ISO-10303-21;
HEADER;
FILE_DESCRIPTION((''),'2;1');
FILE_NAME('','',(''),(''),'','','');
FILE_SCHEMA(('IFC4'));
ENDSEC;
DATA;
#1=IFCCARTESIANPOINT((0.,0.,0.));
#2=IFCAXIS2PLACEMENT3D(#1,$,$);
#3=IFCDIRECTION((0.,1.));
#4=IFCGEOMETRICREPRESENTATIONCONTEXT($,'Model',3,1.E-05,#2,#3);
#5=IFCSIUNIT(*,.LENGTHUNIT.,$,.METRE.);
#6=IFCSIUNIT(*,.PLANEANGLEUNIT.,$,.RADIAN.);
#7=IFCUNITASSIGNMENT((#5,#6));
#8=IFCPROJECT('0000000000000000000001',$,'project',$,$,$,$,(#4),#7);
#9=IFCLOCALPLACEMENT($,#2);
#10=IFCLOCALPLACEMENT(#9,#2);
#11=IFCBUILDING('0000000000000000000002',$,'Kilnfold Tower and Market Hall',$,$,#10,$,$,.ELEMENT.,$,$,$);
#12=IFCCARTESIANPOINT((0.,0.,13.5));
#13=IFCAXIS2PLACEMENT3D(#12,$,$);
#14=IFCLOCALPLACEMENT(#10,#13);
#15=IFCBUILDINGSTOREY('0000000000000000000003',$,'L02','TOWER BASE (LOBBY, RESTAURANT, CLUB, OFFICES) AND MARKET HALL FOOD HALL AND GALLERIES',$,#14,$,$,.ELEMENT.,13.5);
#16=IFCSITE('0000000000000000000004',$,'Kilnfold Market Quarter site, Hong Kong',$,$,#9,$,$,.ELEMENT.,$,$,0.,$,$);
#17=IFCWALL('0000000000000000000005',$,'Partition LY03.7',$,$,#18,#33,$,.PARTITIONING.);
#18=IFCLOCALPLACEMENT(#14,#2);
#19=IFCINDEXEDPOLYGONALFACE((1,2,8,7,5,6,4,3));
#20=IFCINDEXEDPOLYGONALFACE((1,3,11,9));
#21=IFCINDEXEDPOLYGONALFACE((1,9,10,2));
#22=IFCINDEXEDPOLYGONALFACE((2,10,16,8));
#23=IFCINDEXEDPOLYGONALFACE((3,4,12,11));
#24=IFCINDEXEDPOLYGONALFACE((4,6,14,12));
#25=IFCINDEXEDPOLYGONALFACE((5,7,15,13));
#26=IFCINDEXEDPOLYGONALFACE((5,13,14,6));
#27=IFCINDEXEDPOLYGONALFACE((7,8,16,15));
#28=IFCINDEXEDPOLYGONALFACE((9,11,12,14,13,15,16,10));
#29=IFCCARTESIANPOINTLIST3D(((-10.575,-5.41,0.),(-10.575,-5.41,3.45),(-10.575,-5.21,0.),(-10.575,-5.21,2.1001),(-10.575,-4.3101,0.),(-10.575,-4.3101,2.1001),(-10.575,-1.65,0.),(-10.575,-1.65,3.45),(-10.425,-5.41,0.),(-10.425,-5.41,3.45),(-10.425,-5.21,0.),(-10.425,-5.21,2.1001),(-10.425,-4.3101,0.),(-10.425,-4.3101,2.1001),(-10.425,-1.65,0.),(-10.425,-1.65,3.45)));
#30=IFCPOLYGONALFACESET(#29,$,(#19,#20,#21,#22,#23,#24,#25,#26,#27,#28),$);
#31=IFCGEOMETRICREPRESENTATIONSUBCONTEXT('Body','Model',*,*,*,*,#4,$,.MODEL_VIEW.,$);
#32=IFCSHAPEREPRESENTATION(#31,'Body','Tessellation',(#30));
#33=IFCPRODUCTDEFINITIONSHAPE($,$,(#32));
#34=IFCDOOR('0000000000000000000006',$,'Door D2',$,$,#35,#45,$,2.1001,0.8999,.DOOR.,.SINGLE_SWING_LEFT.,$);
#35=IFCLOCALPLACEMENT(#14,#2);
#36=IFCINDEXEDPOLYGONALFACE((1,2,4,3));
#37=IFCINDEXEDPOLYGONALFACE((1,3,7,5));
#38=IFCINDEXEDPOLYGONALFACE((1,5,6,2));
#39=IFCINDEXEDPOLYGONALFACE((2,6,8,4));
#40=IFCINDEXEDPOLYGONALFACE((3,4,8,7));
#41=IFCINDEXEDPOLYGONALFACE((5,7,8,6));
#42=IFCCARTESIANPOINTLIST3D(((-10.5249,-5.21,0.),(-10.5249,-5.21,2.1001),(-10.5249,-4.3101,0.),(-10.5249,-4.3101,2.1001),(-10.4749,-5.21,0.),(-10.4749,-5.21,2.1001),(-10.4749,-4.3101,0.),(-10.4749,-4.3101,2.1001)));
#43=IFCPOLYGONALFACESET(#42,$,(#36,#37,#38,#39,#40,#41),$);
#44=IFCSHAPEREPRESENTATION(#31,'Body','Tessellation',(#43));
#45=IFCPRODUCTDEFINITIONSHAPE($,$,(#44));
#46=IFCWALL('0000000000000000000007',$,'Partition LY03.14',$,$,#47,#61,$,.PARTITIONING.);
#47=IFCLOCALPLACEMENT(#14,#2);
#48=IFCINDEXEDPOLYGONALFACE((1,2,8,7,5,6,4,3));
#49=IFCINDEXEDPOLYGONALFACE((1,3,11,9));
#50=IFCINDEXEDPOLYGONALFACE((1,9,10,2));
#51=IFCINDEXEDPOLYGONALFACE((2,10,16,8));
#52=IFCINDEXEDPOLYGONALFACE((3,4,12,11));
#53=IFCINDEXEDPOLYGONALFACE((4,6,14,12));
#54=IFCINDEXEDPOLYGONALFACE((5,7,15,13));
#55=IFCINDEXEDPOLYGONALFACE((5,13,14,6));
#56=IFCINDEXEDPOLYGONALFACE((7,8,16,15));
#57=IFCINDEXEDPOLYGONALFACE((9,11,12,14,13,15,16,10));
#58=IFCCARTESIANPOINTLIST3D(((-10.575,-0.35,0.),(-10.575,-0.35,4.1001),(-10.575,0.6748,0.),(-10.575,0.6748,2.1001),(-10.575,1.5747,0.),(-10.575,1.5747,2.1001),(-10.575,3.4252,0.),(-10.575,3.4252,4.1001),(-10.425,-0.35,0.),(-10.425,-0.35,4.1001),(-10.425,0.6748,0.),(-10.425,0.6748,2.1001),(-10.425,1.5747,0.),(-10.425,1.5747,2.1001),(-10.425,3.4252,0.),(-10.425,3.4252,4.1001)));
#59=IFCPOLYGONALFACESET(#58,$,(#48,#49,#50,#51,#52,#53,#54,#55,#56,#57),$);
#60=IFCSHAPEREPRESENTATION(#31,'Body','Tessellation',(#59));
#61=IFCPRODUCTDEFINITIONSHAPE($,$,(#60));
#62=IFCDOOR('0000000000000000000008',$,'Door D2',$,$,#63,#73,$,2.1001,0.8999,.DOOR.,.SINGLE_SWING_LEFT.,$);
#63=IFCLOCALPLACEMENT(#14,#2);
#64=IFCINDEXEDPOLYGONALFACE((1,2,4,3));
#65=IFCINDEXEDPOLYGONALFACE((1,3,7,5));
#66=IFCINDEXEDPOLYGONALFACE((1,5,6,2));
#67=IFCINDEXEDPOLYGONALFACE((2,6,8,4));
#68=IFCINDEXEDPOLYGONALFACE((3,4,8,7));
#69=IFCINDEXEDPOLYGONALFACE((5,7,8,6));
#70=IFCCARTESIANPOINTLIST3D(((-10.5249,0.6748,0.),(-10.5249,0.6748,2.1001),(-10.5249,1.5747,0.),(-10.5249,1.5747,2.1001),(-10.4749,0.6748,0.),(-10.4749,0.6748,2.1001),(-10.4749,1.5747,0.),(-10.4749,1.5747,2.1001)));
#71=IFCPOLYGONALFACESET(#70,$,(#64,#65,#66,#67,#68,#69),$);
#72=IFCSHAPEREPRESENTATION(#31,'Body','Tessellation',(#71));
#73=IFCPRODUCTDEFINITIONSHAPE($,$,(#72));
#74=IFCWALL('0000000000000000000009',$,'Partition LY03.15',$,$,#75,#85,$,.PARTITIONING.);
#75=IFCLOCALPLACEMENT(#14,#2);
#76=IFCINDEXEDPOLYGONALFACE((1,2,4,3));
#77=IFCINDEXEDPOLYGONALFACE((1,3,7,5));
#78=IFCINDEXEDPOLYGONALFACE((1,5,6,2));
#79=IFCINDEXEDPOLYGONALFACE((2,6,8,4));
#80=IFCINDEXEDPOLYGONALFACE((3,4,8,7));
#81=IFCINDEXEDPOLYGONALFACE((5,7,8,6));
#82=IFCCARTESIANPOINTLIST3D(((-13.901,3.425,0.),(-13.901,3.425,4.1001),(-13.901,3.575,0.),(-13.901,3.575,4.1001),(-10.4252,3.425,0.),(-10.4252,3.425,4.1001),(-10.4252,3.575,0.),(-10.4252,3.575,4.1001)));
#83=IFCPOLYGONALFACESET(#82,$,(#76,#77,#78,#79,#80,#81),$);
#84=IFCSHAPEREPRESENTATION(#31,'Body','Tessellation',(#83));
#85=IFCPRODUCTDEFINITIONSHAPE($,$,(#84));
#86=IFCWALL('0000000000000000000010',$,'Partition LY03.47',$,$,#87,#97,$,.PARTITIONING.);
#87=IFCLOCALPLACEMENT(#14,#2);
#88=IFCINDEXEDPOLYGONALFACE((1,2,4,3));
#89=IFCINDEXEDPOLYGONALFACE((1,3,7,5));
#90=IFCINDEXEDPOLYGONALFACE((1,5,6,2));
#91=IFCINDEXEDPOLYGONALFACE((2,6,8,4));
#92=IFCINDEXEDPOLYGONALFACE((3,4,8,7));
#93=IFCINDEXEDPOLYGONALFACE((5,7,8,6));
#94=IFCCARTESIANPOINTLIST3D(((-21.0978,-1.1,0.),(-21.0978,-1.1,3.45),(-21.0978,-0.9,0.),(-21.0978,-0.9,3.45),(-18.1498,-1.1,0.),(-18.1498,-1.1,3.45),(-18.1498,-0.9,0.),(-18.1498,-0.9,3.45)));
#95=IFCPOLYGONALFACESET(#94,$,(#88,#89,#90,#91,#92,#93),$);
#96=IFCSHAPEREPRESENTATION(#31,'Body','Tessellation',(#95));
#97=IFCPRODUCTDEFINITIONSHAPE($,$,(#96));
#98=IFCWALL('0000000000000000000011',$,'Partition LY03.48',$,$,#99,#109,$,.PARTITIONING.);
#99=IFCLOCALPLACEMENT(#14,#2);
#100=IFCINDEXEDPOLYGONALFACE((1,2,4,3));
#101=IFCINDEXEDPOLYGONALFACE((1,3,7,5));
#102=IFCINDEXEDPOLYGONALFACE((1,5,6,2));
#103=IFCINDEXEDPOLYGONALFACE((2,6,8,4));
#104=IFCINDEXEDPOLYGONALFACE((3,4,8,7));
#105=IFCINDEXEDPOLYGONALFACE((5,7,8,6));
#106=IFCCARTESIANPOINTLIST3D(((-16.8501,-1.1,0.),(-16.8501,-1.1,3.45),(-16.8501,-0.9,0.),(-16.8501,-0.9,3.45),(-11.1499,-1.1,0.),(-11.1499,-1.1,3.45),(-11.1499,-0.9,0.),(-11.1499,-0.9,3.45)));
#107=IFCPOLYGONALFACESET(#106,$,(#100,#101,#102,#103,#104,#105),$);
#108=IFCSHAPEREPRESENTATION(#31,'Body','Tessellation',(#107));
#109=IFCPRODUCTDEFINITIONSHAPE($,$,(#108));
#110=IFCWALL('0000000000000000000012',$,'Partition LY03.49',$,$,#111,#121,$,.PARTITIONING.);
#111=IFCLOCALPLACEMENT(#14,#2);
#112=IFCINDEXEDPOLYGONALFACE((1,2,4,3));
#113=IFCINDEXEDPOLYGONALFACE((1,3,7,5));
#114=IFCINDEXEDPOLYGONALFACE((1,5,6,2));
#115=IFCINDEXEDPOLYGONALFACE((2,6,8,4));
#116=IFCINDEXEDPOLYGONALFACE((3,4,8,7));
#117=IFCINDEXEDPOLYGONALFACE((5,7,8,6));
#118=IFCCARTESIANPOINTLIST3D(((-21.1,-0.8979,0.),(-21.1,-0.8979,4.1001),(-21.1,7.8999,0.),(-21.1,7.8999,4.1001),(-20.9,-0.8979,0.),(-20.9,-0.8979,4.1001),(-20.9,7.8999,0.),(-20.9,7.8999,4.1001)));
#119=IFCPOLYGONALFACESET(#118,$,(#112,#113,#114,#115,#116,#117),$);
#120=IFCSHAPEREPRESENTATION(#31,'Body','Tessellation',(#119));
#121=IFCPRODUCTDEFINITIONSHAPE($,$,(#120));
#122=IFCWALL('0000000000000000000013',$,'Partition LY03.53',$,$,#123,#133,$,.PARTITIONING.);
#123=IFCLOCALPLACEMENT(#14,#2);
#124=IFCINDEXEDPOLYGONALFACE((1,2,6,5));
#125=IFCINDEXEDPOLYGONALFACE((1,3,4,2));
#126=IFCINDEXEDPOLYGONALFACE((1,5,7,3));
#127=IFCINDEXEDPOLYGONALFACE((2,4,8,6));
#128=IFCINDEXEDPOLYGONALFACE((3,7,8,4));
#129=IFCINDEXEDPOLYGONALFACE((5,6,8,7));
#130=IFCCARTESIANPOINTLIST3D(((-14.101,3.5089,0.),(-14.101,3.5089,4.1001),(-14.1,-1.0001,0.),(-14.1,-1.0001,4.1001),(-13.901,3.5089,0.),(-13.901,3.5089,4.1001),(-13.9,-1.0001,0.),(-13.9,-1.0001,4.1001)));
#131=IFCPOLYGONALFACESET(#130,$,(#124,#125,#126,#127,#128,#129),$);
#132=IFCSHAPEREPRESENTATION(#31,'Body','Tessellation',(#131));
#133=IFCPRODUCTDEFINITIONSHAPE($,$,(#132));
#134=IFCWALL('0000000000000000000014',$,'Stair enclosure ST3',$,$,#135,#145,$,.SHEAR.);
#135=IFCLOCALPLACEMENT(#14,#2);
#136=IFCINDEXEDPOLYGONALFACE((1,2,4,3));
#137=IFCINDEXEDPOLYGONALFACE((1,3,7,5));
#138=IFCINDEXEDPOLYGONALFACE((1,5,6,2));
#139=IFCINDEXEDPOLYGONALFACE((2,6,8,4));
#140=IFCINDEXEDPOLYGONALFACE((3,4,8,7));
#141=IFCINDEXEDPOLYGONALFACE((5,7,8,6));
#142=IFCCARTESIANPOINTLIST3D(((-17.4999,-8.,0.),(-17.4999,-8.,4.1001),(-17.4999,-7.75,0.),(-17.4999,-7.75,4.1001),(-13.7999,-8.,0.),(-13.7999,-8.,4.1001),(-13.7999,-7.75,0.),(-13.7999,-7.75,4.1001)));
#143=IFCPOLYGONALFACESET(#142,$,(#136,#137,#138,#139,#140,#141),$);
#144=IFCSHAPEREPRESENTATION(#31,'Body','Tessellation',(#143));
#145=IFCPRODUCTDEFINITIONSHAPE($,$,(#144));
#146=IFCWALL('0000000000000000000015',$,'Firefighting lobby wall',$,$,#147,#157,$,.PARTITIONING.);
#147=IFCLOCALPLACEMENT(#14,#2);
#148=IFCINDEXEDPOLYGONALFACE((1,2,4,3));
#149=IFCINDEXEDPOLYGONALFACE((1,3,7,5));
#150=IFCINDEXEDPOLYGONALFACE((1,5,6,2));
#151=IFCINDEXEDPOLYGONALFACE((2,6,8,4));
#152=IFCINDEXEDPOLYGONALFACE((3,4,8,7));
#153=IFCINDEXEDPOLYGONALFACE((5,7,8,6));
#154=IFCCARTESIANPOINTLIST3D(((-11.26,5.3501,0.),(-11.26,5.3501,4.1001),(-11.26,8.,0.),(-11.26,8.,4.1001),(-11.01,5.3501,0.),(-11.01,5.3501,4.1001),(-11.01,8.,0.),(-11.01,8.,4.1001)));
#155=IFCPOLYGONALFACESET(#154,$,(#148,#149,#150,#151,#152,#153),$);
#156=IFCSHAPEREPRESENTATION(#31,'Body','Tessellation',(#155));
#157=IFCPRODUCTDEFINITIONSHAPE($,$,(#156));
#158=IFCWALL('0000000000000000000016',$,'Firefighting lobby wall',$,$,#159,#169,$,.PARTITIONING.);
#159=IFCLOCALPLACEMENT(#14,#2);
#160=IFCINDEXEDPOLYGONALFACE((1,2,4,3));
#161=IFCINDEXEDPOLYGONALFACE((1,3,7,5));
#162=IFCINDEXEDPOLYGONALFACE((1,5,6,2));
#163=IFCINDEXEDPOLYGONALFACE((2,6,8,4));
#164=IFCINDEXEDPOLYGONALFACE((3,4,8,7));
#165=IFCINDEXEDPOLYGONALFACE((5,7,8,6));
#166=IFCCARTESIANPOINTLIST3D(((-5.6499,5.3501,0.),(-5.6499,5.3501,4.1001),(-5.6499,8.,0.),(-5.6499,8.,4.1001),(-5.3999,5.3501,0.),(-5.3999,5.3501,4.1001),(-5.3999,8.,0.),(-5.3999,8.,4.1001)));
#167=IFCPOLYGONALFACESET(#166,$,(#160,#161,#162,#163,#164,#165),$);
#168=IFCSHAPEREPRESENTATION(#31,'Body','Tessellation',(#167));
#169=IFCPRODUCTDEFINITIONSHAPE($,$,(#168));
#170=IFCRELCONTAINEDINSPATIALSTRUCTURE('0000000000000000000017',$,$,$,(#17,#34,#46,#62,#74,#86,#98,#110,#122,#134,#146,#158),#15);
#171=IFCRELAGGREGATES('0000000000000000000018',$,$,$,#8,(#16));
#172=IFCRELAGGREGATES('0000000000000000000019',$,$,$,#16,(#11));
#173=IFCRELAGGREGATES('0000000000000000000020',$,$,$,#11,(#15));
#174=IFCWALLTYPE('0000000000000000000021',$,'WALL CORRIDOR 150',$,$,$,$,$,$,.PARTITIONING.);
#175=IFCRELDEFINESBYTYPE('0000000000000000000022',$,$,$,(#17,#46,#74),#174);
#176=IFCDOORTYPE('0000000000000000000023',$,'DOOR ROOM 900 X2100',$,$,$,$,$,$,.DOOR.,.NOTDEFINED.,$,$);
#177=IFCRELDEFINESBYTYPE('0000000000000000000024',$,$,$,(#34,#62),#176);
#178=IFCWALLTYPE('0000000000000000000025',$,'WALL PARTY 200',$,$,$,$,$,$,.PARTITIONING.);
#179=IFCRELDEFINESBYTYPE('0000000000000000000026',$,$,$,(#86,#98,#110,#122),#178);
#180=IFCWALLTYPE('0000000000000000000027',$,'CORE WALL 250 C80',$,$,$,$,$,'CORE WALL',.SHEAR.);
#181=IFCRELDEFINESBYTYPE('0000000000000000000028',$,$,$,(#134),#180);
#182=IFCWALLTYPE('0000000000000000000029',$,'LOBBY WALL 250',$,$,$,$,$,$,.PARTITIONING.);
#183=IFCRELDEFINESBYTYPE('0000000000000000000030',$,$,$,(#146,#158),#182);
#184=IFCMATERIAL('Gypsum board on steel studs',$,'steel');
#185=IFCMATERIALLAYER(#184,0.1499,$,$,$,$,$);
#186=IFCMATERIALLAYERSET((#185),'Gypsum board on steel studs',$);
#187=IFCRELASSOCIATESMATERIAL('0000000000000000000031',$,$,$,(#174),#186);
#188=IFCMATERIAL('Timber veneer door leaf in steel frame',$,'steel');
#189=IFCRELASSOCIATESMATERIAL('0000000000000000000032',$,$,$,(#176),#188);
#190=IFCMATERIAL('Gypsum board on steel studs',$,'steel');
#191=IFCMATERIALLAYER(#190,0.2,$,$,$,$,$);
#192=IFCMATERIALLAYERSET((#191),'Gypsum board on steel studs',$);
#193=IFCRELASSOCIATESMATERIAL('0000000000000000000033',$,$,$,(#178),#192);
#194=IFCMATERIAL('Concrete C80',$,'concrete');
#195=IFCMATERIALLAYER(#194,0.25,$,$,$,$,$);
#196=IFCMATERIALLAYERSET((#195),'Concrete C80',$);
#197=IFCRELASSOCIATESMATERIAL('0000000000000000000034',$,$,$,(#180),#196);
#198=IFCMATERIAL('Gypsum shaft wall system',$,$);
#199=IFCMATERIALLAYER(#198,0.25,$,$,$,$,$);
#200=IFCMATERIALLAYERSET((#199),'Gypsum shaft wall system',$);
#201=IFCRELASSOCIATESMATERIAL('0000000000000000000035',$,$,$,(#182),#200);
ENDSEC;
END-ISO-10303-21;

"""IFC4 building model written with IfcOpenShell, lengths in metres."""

from ifc_helpers import new_model, si_unit, direction, frame, frame_2d, origin, place, context, subcontext, project, spatial, rectangle, extrude, source, transform, mapped, material, layer, layer_set, type_object, element, fill, save


model = new_model("IFC4")

# Units and contexts
model_context = context("Model", 3, precision=1e-05, world=origin(), true_north=direction((0.0, 1.0)))
body_context = subcontext(model_context, "Body", "Model", "MODEL_VIEW")
ifc_project = project(units=[si_unit("LENGTHUNIT", "METRE"), si_unit("PLANEANGLEUNIT", "RADIAN")], contexts=[model_context])

# Site, building, storey
site_placement = place(None, origin())
site = spatial("IfcSite", under=ifc_project, at=site_placement, Name="Kilnfold Market Quarter site, Hong Kong", CompositionType="ELEMENT", RefElevation=0.0)
building_placement = place(site_placement, origin())
building = spatial("IfcBuilding", under=site, at=building_placement, Name="Kilnfold Tower and Market Hall", CompositionType="ELEMENT")
storey_placement = place(building_placement, frame((0.0, 0.0, 13.5)))
storey = spatial("IfcBuildingStorey", under=building, at=storey_placement, Name="L02", Description="TOWER BASE (LOBBY, RESTAURANT, CLUB, OFFICES) AND MARKET HALL FOOD HALL AND GALLERIES", CompositionType="ELEMENT", Elevation=13.5)

# Shared definitions
ifc_material_1 = material(Name="Gypsum board on steel studs", Category="steel")
ifc_layer_1 = layer(ifc_material_1, 0.1499)
ifc_layer_set_1 = layer_set([ifc_layer_1], Name="Gypsum board on steel studs")
wall_type_1 = type_object("IfcWallType", Name="WALL CORRIDOR 150", PredefinedType="PARTITIONING", material=ifc_layer_set_1)

# Walls, openings, doors
wall_1_placement = place(storey_placement, frame((-10.5, -5.4099, 0.0), z_axis=(0.0, 0.0, 1.0), x_axis=(0.0, 1.0, 0.0)))
wall_1 = element("IfcWall", 1, at=wall_1_placement, inside=storey, type_object=wall_type_1, Name="Partition LY03.7", PredefinedType="PARTITIONING", context=body_context, shape_type="SweptSolid", body=[
    extrude(rectangle(XDim=3.76, YDim=0.1499, at=frame_2d((1.8799, 0.0))), origin(), (0.0, 0.0, 1.0), 3.45),
])
opening_1_placement = place(wall_1_placement, frame((0.2, 0.0, 0.0)))
opening_1 = element("IfcOpeningElement", 2, at=opening_1_placement, cuts=wall_1, PredefinedType="OPENING", context=body_context, shape_type="SweptSolid", body=[
    extrude(rectangle(XDim=0.8999, YDim=2.1001, at=frame_2d((0.45, 1.05))), frame((0.0, 0.085, 0.0), z_axis=(0.0, -1.0, 0.0), x_axis=(1.0, 0.0, 0.0)), (0.0, 0.0, 1.0), 0.1699),
])
ifc_material_2 = material(Name="Timber veneer door leaf in steel frame", Category="steel")
door_type_1 = type_object("IfcDoorType", Name="DOOR ROOM 900 X2100", OperationType="NOTDEFINED", PredefinedType="DOOR", material=ifc_material_2)
door_1_placement = place(opening_1_placement, origin())
door_1 = element("IfcDoor", 3, at=door_1_placement, inside=storey, type_object=door_type_1, Name="Door D2", OperationType="SINGLE_SWING_LEFT", OverallHeight=2.1001, OverallWidth=0.8999, PredefinedType="DOOR", context=body_context, shape_type="SweptSolid", body=[
    extrude(rectangle(XDim=0.8999, YDim=2.1001, at=frame_2d((0.45, 1.05))), frame((0.0, 0.0249, 0.0), z_axis=(0.0, -1.0, 0.0), x_axis=(1.0, 0.0, 0.0)), (0.0, 0.0, 1.0), 0.05),
])
fill(opening_1, door_1)
wall_2_placement = place(storey_placement, frame((-10.5, -0.3501, 0.0), z_axis=(0.0, 0.0, 1.0), x_axis=(0.0, 1.0, 0.0)))
wall_2 = element("IfcWall", 4, at=wall_2_placement, inside=storey, type_object=wall_type_1, Name="Partition LY03.14", PredefinedType="PARTITIONING", context=body_context, shape_type="SweptSolid", body=[
    extrude(rectangle(XDim=3.7751, YDim=0.1499, at=frame_2d((1.8877, 0.0))), origin(), (0.0, 0.0, 1.0), 4.1001),
])
opening_2_placement = place(wall_2_placement, frame((1.0249, 0.0, 0.0)))
opening_2 = element("IfcOpeningElement", 5, at=opening_2_placement, cuts=wall_2, PredefinedType="OPENING", context=body_context, shape_type="SweptSolid", body=[
    extrude(rectangle(XDim=0.8999, YDim=2.1001, at=frame_2d((0.45, 1.05))), frame((0.0, 0.085, 0.0), z_axis=(0.0, -1.0, 0.0), x_axis=(1.0, 0.0, 0.0)), (0.0, 0.0, 1.0), 0.1699),
])
door_2_placement = place(opening_2_placement, origin())
door_2 = element("IfcDoor", 6, at=door_2_placement, inside=storey, type_object=door_type_1, Name="Door D2", OperationType="SINGLE_SWING_LEFT", OverallHeight=2.1001, OverallWidth=0.8999, PredefinedType="DOOR", context=body_context, shape_type="SweptSolid", body=[
    extrude(rectangle(XDim=0.8999, YDim=2.1001, at=frame_2d((0.45, 1.05))), frame((0.0, 0.0249, 0.0), z_axis=(0.0, -1.0, 0.0), x_axis=(1.0, 0.0, 0.0)), (0.0, 0.0, 1.0), 0.05),
])
fill(opening_2, door_2)

# Walls
wall_3_placement = place(storey_placement, frame((-13.9009, 3.5, 0.0), z_axis=(0.0, 0.0, 1.0), x_axis=(1.0, 0.0, 0.0)))
element("IfcWall", 7, at=wall_3_placement, inside=storey, type_object=wall_type_1, Name="Partition LY03.15", PredefinedType="PARTITIONING", context=body_context, shape_type="SweptSolid", body=[
    extrude(rectangle(XDim=3.4758, YDim=0.1499, at=frame_2d((1.7378, 0.0))), origin(), (0.0, 0.0, 1.0), 4.1001),
])
ifc_material_3 = material(Name="Gypsum board on steel studs", Category="steel")
ifc_layer_2 = layer(ifc_material_3, 0.2)
ifc_layer_set_2 = layer_set([ifc_layer_2], Name="Gypsum board on steel studs")
wall_type_2 = type_object("IfcWallType", Name="WALL PARTY 200", PredefinedType="PARTITIONING", material=ifc_layer_set_2)
wall_4_placement = place(storey_placement, frame((-21.0979, -1.0, 0.0), z_axis=(0.0, 0.0, 1.0), x_axis=(1.0, 0.0, 0.0)))
element("IfcWall", 8, at=wall_4_placement, inside=storey, type_object=wall_type_2, Name="Partition LY03.47", PredefinedType="PARTITIONING", context=body_context, shape_type="SweptSolid", body=[
    extrude(rectangle(XDim=2.948, YDim=0.2, at=frame_2d((1.4741, 0.0))), origin(), (0.0, 0.0, 1.0), 3.45),
])
wall_5_placement = place(storey_placement, frame((-16.8501, -1.0, 0.0), z_axis=(0.0, 0.0, 1.0), x_axis=(1.0, 0.0, 0.0)))
element("IfcWall", 9, at=wall_5_placement, inside=storey, type_object=wall_type_2, Name="Partition LY03.48", PredefinedType="PARTITIONING", context=body_context, shape_type="SweptSolid", body=[
    extrude(rectangle(XDim=5.7002, YDim=0.2, at=frame_2d((2.8501, 0.0))), origin(), (0.0, 0.0, 1.0), 3.45),
])
wall_6_placement = place(storey_placement, frame((-21.0, -0.8979, 0.0), z_axis=(0.0, 0.0, 1.0), x_axis=(0.0, 1.0, 0.0)))
element("IfcWall", 10, at=wall_6_placement, inside=storey, type_object=wall_type_2, Name="Partition LY03.49", PredefinedType="PARTITIONING", context=body_context, shape_type="SweptSolid", body=[
    extrude(rectangle(XDim=8.7979, YDim=0.2, at=frame_2d((4.3989, 0.0))), origin(), (0.0, 0.0, 1.0), 4.1001),
])
wall_7_placement = place(storey_placement, frame((-14.0, -1.0, 0.0), z_axis=(0.0, 0.0, 1.0), x_axis=(-0.000217, 1.0, 0.0)))
element("IfcWall", 11, at=wall_7_placement, inside=storey, type_object=wall_type_2, Name="Partition LY03.53", PredefinedType="PARTITIONING", context=body_context, shape_type="SweptSolid", body=[
    extrude(rectangle(XDim=4.509, YDim=0.2, at=frame_2d((2.2544, 0.0))), origin(), (0.0, 0.0, 1.0), 4.1001),
])
ifc_material_4 = material(Name="Concrete C80", Category="concrete")
ifc_layer_3 = layer(ifc_material_4, 0.25)
ifc_layer_set_3 = layer_set([ifc_layer_3], Name="Concrete C80")
wall_type_3 = type_object("IfcWallType", Name="CORE WALL 250 C80", ElementType="CORE WALL", PredefinedType="SHEAR", material=ifc_layer_set_3)
shared_shape_1 = source(origin(), body_context, "Body", "SweptSolid", [
    extrude(rectangle(XDim=3.7, YDim=0.25, at=frame_2d((1.8501, 0.0))), origin(), (0.0, 0.0, 1.0), 4.1001),
])
wall_8_placement = place(storey_placement, frame((-17.5, -7.875, 0.0), z_axis=(0.0, 0.0, 1.0), x_axis=(1.0, 0.0, 0.0)))
element("IfcWall", 12, at=wall_8_placement, inside=storey, type_object=wall_type_3, Name="Stair enclosure ST3", PredefinedType="SHEAR", context=body_context, shape_type="MappedRepresentation", body=[
    mapped(shared_shape_1, transform((0.0, 0.0, 0.0))),
])
ifc_material_5 = material(Name="Gypsum shaft wall system")
ifc_layer_4 = layer(ifc_material_5, 0.25)
ifc_layer_set_4 = layer_set([ifc_layer_4], Name="Gypsum shaft wall system")
wall_type_4 = type_object("IfcWallType", Name="LOBBY WALL 250", PredefinedType="PARTITIONING", material=ifc_layer_set_4)
shared_shape_2 = source(origin(), body_context, "Body", "SweptSolid", [
    extrude(rectangle(XDim=2.6499, YDim=0.25, at=frame_2d((1.325, 0.0))), origin(), (0.0, 0.0, 1.0), 4.1001),
])
for number, where, z_axis, x_axis, name in (
    (13, (-11.135, 5.3501, 0.0), (0.0, 0.0, 1.0), (0.0, 1.0, 0.0), "Firefighting lobby wall"),
    (14, (-5.5249, 5.3501, 0.0), (0.0, 0.0, 1.0), (0.0, 1.0, 0.0), "Firefighting lobby wall"),
):
    element("IfcWall", number, at=place(storey_placement, frame(where, z_axis=z_axis, x_axis=x_axis)), inside=storey, type_object=wall_type_4, Name=name, PredefinedType="PARTITIONING", context=body_context, shape_type="MappedRepresentation", body=[
        mapped(shared_shape_2, transform((0.0, 0.0, 0.0))),
    ])

save(model, "model.ifc")
